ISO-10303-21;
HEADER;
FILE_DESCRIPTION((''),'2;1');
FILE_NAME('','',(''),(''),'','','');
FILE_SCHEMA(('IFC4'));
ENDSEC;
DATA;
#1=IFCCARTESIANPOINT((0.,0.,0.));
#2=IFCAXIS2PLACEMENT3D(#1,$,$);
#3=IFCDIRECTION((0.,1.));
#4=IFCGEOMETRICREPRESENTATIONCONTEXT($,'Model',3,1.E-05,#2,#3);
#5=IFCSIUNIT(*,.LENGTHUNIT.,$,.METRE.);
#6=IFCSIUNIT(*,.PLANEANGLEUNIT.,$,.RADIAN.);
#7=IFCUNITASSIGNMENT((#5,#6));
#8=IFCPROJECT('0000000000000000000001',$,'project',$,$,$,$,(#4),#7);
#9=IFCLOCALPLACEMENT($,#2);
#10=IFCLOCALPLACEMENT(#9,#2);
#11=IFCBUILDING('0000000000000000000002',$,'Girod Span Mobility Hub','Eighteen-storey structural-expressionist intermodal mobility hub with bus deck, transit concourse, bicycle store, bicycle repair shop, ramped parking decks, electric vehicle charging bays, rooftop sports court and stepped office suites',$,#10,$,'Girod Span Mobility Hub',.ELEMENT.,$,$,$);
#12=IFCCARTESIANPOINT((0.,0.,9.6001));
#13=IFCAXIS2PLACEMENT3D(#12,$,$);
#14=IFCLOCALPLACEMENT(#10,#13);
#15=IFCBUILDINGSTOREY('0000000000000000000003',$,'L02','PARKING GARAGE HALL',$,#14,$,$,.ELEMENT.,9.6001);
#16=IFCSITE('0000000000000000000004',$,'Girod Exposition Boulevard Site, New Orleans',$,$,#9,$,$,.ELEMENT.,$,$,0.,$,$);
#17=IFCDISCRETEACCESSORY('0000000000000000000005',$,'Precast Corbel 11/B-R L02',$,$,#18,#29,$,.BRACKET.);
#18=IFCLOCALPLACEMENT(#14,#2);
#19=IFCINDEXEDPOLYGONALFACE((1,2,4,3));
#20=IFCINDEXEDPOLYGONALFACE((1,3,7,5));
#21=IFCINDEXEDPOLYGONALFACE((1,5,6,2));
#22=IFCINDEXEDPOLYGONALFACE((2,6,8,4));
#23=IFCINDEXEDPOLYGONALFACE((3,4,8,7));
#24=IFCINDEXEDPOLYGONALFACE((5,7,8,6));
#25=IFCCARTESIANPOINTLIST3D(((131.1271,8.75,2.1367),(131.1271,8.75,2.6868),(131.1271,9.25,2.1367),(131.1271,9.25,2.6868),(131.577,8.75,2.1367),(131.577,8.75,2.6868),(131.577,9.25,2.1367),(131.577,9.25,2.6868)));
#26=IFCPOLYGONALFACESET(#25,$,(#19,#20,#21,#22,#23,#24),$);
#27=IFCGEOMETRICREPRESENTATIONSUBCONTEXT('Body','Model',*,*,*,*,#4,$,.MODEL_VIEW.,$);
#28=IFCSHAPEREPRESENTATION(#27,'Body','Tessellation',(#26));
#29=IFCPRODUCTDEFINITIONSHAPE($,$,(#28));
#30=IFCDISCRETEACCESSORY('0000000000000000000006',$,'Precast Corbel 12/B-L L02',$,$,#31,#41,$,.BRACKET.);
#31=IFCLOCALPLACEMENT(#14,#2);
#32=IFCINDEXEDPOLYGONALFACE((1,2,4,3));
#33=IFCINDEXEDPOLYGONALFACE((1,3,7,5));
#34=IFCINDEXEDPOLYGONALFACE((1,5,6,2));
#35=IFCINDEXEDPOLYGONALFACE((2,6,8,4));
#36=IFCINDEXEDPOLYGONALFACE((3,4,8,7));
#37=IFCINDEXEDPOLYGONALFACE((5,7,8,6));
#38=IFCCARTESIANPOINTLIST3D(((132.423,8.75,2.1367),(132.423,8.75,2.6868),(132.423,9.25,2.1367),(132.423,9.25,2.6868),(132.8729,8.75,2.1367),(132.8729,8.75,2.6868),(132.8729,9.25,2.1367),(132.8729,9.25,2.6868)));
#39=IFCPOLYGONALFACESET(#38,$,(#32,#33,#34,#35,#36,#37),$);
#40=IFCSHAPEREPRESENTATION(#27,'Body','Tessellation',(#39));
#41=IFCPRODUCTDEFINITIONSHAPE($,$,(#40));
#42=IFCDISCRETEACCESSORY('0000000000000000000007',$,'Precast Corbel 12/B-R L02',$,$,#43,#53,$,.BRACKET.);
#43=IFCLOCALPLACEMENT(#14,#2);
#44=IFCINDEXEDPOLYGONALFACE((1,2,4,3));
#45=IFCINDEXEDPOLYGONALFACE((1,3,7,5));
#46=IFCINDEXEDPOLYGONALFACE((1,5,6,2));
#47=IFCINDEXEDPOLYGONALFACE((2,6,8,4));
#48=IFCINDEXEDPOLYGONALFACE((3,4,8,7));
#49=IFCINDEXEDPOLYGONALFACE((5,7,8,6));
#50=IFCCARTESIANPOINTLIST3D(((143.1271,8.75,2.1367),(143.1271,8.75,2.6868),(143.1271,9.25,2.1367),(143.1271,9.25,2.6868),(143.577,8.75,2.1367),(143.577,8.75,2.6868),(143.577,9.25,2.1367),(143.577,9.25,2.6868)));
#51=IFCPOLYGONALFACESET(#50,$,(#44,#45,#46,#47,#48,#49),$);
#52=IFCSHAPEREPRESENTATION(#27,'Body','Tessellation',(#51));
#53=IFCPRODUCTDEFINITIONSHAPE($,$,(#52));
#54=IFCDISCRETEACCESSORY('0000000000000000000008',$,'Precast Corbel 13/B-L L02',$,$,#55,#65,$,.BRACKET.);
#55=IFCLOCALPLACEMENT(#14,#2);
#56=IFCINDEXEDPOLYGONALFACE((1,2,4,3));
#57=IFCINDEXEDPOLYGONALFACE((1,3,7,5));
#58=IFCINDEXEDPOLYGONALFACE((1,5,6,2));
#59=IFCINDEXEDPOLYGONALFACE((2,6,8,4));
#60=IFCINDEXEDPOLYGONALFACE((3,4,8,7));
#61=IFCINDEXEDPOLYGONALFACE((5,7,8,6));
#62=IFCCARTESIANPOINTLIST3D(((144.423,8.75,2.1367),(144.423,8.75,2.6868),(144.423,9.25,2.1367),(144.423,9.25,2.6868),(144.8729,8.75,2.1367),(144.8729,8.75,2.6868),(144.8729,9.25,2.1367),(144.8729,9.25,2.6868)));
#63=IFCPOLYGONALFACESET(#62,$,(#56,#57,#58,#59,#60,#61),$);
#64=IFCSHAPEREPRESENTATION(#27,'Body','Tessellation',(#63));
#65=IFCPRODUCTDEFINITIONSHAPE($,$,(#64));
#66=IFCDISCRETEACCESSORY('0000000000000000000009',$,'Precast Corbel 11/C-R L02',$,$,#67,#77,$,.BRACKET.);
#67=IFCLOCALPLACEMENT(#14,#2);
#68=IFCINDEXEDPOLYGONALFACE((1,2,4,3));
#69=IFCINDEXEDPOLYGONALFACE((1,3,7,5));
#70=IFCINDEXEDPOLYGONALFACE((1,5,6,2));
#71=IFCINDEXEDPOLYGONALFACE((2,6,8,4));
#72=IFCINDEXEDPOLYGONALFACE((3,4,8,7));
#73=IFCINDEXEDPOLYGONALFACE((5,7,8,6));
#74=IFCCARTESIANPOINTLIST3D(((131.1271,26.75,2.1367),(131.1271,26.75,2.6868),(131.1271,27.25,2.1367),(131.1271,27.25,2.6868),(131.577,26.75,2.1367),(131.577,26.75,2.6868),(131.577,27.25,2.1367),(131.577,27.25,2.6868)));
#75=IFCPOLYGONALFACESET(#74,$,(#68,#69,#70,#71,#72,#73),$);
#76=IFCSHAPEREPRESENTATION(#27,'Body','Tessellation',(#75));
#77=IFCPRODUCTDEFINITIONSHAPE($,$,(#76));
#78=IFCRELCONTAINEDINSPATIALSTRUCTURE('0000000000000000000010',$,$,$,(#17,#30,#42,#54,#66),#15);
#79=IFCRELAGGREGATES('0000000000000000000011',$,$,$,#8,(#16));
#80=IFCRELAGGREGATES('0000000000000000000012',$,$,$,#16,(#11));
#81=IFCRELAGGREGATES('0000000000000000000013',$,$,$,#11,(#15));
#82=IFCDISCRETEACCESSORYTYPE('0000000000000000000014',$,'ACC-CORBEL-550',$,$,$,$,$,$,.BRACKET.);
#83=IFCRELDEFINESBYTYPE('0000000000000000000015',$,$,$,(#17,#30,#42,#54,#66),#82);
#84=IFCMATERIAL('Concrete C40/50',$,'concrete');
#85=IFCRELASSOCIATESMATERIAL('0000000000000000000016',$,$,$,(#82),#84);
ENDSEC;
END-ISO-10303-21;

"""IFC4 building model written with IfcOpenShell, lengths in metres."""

from ifc_helpers import new_model, si_unit, direction, frame, origin, origin_2d, place, context, subcontext, project, spatial, rectangle, extrude, material, type_object, element, save


model = new_model("IFC4")

# Units and contexts
model_context = context("Model", 3, precision=1e-05, world=origin(), true_north=direction((0.0, 1.0)))
body_context = subcontext(model_context, "Body", "Model", "MODEL_VIEW")
ifc_project = project(units=[si_unit("LENGTHUNIT", "METRE"), si_unit("PLANEANGLEUNIT", "RADIAN")], contexts=[model_context])

# Site, building, storey
site_placement = place(None, origin())
site = spatial("IfcSite", under=ifc_project, at=site_placement, Name="Girod Exposition Boulevard Site, New Orleans", CompositionType="ELEMENT", RefElevation=0.0)
building_placement = place(site_placement, origin())
building = spatial("IfcBuilding", under=site, at=building_placement, Name="Girod Span Mobility Hub", Description="Eighteen-storey structural-expressionist intermodal mobility hub with bus deck, transit concourse, bicycle store, bicycle repair shop, ramped parking decks, electric vehicle charging bays, rooftop sports court and stepped office suites", LongName="Girod Span Mobility Hub", CompositionType="ELEMENT")
storey_placement = place(building_placement, frame((0.0, 0.0, 9.6001)))
storey = spatial("IfcBuildingStorey", under=building, at=storey_placement, Name="L02", Description="PARKING GARAGE HALL", CompositionType="ELEMENT", Elevation=9.6001)

# Discrete accessories
ifc_material_1 = material(Name="Concrete C40/50", Category="concrete")
discrete_accessory_type = type_object("IfcDiscreteAccessoryType", Name="ACC-CORBEL-550", PredefinedType="BRACKET", material=ifc_material_1)
for number, where, z_axis, x_axis, name in (
    (1, (131.3521, 9.0, 2.1367), (0.0, 0.0, 1.0), (1.0, 0.0, 0.0), "Precast Corbel 11/B-R L02"),
    (2, (132.6479, 9.0, 2.1367), (0.0, 0.0, 1.0), (1.0, 0.0, 0.0), "Precast Corbel 12/B-L L02"),
    (3, (143.3521, 9.0, 2.1367), (0.0, 0.0, 1.0), (1.0, 0.0, 0.0), "Precast Corbel 12/B-R L02"),
    (4, (144.6479, 9.0, 2.1367), (0.0, 0.0, 1.0), (1.0, 0.0, 0.0), "Precast Corbel 13/B-L L02"),
    (5, (131.3521, 27.0, 2.1367), (0.0, 0.0, 1.0), (1.0, 0.0, 0.0), "Precast Corbel 11/C-R L02"),
):
    element("IfcDiscreteAccessory", number, at=place(storey_placement, frame(where, z_axis=z_axis, x_axis=x_axis)), inside=storey, type_object=discrete_accessory_type, Name=name, PredefinedType="BRACKET", context=body_context, shape_type="SweptSolid", body=[
        extrude(rectangle(XDim=0.45, YDim=0.5, at=origin_2d()), origin(), (0.0, 0.0, 1.0), 0.55),
    ])

save(model, "model.ifc")
